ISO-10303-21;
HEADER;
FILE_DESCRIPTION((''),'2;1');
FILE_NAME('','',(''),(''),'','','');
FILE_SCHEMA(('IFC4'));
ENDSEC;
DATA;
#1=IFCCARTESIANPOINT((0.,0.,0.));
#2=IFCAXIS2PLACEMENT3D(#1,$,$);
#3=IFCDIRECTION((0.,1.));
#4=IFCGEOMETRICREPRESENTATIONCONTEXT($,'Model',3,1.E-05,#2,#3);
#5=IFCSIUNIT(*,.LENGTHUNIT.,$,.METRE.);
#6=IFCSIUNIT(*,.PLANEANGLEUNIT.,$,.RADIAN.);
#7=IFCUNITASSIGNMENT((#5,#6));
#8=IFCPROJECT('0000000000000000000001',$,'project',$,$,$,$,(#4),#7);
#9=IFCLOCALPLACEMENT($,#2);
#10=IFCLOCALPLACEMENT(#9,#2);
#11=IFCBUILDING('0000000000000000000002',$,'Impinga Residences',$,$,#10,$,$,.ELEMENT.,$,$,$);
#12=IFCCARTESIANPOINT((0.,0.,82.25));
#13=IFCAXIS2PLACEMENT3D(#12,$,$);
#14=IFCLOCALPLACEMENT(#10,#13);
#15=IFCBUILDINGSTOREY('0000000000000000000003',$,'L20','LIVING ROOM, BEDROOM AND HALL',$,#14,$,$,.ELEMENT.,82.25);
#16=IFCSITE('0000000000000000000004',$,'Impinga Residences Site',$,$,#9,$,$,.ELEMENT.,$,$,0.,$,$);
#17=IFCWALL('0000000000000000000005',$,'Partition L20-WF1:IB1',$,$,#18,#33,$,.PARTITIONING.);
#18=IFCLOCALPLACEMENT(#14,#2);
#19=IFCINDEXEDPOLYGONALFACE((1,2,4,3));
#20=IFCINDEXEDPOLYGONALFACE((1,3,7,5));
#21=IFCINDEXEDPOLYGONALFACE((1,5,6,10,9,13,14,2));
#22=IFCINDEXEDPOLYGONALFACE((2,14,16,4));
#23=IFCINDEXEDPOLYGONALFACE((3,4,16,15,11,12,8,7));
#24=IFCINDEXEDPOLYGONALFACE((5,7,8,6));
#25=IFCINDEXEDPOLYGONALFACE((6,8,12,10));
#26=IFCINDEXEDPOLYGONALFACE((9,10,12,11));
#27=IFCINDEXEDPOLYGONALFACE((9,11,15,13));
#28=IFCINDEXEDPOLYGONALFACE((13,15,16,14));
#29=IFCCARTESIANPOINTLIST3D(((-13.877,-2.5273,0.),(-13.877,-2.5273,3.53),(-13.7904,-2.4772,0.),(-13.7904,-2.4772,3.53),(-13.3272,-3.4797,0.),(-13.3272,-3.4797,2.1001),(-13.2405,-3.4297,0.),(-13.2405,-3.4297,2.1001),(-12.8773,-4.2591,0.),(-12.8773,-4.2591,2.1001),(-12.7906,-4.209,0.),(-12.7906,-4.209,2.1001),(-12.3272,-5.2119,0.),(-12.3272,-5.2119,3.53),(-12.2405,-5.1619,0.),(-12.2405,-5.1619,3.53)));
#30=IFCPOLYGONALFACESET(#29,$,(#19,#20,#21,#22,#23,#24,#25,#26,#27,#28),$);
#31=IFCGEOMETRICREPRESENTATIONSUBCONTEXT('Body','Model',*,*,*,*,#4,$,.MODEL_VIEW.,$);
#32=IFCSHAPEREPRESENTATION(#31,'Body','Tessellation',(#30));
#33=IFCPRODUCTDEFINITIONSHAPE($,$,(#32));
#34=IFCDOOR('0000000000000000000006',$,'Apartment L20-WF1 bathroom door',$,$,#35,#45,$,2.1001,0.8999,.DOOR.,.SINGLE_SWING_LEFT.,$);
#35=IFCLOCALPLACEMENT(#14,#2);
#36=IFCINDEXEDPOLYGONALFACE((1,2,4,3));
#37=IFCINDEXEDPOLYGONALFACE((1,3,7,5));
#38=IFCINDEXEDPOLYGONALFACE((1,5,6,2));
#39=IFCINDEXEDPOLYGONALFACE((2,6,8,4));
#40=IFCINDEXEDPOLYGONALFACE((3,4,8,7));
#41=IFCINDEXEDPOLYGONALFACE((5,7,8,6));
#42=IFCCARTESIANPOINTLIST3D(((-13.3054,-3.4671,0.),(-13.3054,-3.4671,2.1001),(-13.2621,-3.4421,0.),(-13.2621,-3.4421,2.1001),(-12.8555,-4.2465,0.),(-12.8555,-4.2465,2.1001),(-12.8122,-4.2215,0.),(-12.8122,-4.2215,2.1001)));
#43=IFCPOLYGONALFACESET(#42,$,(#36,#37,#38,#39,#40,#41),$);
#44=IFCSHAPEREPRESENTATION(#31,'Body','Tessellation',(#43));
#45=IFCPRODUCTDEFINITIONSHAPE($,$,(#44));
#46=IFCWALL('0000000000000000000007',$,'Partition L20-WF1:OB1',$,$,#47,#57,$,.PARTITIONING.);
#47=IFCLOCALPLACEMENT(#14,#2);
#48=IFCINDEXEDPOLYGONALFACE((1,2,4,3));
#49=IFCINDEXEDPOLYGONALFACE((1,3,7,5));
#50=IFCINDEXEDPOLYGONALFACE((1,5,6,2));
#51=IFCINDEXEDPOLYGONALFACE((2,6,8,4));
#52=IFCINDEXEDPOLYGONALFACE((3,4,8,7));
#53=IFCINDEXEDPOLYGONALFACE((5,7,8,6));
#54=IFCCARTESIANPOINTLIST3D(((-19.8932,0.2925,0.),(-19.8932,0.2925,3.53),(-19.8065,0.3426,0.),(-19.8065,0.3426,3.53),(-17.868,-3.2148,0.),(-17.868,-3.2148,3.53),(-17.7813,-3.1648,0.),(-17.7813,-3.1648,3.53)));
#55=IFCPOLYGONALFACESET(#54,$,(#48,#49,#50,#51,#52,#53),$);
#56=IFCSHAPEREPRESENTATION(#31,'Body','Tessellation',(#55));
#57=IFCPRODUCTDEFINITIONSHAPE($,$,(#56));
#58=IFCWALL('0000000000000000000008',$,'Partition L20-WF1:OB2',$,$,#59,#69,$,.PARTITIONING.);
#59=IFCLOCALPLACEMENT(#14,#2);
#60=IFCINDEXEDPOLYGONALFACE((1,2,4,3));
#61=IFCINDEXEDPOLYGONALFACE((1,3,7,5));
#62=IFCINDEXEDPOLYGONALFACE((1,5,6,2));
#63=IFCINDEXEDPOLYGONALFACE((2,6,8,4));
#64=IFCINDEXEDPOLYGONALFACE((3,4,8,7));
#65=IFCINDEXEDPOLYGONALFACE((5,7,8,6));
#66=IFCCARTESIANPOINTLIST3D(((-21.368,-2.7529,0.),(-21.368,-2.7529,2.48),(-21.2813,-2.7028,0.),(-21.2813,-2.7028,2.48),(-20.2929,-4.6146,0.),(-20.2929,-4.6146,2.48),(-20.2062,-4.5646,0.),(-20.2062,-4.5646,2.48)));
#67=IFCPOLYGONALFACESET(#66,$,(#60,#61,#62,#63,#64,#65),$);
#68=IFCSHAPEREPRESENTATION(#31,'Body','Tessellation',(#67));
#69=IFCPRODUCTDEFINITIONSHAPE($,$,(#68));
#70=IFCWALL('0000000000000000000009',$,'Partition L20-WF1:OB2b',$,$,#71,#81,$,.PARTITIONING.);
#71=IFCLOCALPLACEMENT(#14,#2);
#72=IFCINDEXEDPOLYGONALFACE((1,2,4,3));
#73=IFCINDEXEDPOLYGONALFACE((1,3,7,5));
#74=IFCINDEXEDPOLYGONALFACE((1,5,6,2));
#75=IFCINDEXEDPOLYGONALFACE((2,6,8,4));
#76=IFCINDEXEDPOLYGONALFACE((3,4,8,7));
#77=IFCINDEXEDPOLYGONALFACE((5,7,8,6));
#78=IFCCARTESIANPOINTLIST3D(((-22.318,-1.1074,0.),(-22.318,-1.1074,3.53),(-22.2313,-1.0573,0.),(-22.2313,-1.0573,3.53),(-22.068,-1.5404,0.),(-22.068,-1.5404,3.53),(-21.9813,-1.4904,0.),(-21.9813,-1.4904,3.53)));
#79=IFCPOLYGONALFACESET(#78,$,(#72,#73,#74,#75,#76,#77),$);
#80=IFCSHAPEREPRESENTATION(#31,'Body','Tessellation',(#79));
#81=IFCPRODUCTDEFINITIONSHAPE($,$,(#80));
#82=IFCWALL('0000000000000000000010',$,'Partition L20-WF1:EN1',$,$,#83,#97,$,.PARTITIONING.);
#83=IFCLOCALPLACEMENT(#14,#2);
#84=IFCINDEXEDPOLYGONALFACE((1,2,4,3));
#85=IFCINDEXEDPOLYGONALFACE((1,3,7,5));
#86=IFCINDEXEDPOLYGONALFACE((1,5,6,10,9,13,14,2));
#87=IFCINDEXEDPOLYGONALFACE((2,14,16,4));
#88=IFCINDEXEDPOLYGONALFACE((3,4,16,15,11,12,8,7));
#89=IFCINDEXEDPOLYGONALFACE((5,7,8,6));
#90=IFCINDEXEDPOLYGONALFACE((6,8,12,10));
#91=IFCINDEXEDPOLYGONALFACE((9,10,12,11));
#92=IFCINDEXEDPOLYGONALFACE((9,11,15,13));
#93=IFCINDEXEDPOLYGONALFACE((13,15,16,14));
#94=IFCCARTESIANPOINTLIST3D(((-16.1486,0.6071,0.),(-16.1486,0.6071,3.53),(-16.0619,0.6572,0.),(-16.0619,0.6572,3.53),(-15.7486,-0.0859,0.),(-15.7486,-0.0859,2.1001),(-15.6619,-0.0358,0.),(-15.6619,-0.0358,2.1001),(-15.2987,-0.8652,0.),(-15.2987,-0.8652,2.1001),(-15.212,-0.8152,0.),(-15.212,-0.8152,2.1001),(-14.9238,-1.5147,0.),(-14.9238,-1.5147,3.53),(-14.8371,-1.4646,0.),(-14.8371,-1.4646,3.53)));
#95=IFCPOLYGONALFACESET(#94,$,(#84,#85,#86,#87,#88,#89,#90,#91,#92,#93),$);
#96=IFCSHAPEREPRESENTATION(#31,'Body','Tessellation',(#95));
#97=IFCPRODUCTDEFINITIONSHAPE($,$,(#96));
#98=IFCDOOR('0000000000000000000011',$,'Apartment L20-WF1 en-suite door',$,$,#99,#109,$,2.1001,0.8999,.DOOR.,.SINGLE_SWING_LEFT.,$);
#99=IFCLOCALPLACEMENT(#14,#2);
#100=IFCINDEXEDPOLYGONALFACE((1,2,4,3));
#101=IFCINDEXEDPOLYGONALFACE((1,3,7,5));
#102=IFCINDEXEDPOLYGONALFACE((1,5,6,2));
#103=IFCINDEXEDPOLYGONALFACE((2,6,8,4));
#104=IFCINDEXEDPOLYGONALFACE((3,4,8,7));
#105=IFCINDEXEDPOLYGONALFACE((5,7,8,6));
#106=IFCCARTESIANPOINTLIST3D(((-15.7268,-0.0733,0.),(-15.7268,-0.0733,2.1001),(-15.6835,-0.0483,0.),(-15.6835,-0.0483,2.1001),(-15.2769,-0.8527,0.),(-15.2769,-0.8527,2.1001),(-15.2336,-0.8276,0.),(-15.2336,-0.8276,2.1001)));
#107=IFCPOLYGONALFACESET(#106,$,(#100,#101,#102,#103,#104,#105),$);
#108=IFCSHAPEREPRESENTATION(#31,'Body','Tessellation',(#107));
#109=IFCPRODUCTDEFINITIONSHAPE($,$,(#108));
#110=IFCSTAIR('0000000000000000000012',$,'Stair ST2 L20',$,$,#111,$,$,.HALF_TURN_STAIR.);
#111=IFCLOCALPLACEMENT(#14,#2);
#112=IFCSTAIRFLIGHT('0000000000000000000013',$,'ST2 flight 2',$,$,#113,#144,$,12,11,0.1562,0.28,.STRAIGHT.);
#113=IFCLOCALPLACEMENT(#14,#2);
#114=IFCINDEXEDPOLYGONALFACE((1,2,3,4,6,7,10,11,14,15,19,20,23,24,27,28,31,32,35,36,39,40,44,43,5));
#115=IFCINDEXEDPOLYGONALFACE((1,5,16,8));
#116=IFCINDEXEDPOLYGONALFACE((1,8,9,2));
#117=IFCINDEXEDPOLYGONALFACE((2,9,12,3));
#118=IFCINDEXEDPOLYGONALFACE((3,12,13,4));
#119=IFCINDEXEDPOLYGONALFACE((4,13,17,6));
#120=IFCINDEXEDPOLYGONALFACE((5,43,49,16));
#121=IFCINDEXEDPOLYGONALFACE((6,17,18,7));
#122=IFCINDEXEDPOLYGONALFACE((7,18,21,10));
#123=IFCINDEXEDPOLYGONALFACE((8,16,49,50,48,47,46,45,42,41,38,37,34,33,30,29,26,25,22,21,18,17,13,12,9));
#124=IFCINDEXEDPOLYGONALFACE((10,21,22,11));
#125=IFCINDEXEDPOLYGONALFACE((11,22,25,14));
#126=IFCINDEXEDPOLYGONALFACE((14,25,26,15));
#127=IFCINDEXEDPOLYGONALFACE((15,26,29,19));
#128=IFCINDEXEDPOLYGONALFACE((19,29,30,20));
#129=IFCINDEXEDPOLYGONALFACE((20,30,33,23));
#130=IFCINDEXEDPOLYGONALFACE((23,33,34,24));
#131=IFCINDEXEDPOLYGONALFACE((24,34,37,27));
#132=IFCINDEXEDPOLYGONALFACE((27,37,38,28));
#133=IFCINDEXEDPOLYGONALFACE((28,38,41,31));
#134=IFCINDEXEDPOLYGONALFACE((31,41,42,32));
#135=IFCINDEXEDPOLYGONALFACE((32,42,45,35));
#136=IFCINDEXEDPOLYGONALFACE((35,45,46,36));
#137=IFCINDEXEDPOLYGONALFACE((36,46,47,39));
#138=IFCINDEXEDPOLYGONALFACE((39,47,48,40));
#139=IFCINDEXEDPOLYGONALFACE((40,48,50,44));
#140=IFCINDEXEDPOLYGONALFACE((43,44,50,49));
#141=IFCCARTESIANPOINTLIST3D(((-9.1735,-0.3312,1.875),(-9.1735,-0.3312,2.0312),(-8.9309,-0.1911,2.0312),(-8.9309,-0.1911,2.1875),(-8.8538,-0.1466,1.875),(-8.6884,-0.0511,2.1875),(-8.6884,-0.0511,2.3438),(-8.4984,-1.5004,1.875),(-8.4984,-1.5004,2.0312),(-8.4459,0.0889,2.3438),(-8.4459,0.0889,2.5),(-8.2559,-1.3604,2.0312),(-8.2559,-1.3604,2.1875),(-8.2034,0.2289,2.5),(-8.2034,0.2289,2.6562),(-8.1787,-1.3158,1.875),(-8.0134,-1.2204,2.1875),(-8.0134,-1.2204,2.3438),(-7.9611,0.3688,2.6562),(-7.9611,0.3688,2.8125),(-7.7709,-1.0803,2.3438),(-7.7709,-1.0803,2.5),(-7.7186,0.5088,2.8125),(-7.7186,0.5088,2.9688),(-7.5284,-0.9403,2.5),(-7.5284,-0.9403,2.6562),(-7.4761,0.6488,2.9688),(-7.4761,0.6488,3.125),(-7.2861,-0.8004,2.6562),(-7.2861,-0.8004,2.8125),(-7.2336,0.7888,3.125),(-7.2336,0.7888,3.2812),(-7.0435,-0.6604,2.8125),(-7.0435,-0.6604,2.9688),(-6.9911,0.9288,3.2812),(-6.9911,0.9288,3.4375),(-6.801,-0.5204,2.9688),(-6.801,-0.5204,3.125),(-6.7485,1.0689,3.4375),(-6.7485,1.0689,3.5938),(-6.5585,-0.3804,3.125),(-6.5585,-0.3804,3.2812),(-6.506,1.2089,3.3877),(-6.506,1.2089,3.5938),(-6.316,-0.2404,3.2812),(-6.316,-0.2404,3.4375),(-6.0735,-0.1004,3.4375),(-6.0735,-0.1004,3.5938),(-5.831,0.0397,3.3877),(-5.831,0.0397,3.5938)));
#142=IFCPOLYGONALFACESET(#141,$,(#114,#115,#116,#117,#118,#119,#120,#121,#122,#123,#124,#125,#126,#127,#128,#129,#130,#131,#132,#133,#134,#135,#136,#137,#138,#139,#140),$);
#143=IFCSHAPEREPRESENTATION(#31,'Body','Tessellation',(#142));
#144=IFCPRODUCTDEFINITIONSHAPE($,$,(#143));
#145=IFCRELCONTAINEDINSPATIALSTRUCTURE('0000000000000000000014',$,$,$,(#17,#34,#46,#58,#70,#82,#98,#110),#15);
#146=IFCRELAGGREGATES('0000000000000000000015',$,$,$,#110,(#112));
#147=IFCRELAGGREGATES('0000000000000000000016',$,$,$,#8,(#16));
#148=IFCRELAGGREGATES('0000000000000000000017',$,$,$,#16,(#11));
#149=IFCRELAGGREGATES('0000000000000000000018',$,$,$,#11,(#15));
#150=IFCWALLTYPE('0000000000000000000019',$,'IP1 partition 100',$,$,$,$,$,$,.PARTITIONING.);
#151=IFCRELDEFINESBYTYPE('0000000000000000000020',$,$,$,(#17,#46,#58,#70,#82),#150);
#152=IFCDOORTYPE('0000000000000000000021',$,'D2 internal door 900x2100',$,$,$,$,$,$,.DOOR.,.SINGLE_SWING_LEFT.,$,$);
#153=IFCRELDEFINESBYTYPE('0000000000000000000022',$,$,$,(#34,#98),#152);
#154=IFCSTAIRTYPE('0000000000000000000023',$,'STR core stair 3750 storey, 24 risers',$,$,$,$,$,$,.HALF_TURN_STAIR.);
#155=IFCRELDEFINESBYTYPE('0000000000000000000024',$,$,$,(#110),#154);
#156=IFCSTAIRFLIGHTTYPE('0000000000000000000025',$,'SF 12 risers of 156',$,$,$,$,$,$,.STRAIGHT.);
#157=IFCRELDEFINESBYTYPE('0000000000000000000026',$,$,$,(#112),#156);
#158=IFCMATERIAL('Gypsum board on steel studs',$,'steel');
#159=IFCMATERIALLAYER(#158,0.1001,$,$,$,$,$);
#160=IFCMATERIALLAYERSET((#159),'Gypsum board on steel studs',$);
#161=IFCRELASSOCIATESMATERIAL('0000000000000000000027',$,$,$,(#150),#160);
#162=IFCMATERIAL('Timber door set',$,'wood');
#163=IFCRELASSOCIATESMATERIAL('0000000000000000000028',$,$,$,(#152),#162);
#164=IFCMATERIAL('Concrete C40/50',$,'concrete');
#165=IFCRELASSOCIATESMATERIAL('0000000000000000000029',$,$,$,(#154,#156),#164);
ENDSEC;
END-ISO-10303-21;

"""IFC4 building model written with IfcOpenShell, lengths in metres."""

from ifc_helpers import new_model, si_unit, direction, frame, frame_2d, origin, place, context, subcontext, project, spatial, polyline, rectangle, outline, extrude, material, layer, layer_set, type_object, element, fill, aggregate, save


model = new_model("IFC4")

# Units and contexts
model_context = context("Model", 3, precision=1e-05, world=origin(), true_north=direction((0.0, 1.0)))
body_context = subcontext(model_context, "Body", "Model", "MODEL_VIEW")
ifc_project = project(units=[si_unit("LENGTHUNIT", "METRE"), si_unit("PLANEANGLEUNIT", "RADIAN")], contexts=[model_context])

# Site, building, storey
site_placement = place(None, origin())
site = spatial("IfcSite", under=ifc_project, at=site_placement, Name="Impinga Residences Site", CompositionType="ELEMENT", RefElevation=0.0)
building_placement = place(site_placement, origin())
building = spatial("IfcBuilding", under=site, at=building_placement, Name="Impinga Residences", CompositionType="ELEMENT")
storey_placement = place(building_placement, frame((0.0, 0.0, 82.25)))
storey = spatial("IfcBuildingStorey", under=building, at=storey_placement, Name="L20", Description="LIVING ROOM, BEDROOM AND HALL", CompositionType="ELEMENT", Elevation=82.25)

# Shared definitions
ifc_material_1 = material(Name="Timber door set", Category="wood")

# Shared definitions
ifc_material_2 = material(Name="Gypsum board on steel studs", Category="steel")
ifc_layer_1 = layer(ifc_material_2, 0.1001)
ifc_layer_set_1 = layer_set([ifc_layer_1], Name="Gypsum board on steel studs")
wall_type_1 = type_object("IfcWallType", Name="IP1 partition 100", PredefinedType="PARTITIONING", material=ifc_layer_set_1)

# Wall, opening, door
wall_1_placement = place(storey_placement, frame((-12.2839, -5.1868, 0.0), z_axis=(0.0, 0.0, 1.0), x_axis=(-0.499968, 0.866044, 0.0)))
wall_1 = element("IfcWall", 1, at=wall_1_placement, inside=storey, type_object=wall_type_1, Name="Partition L20-WF1:IB1", PredefinedType="PARTITIONING", context=body_context, shape_type="SweptSolid", body=[
    extrude(rectangle(XDim=3.0999, YDim=0.1001, at=frame_2d((1.5498, 0.0))), origin(), (0.0, 0.0, 1.0), 3.53),
])
opening_1_placement = place(wall_1_placement, frame((1.1001, 0.0, 0.0)))
opening_1 = element("IfcOpeningElement", 2, at=opening_1_placement, cuts=wall_1, PredefinedType="OPENING", context=body_context, shape_type="SweptSolid", body=[
    extrude(rectangle(XDim=0.8999, YDim=2.1001, at=frame_2d((0.45, 1.05))), frame((0.0, 0.0601, 0.0), z_axis=(0.0, -1.0, 0.0), x_axis=(1.0, 0.0, 0.0)), (0.0, 0.0, 1.0), 0.1201),
])
door_type_1 = type_object("IfcDoorType", Name="D2 internal door 900x2100", OperationType="SINGLE_SWING_LEFT", PredefinedType="DOOR", material=ifc_material_1)
door_1_placement = place(opening_1_placement, origin())
door_1 = element("IfcDoor", 3, at=door_1_placement, inside=storey, type_object=door_type_1, Name="Apartment L20-WF1 bathroom door", OperationType="SINGLE_SWING_LEFT", OverallHeight=2.1001, OverallWidth=0.8999, PredefinedType="DOOR", context=body_context, shape_type="SweptSolid", body=[
    extrude(rectangle(XDim=0.8999, YDim=2.1001, at=frame_2d((0.45, 1.05))), frame((0.0, 0.0249, 0.0), z_axis=(0.0, -1.0, 0.0), x_axis=(1.0, 0.0, 0.0)), (0.0, 0.0, 1.0), 0.05),
])
fill(opening_1, door_1)

# Walls
wall_2_placement = place(storey_placement, frame((-17.8247, -3.1897, 0.0), z_axis=(0.0, 0.0, 1.0), x_axis=(-0.500036, 0.866005, 0.0)))
element("IfcWall", 4, at=wall_2_placement, inside=storey, type_object=wall_type_1, Name="Partition L20-WF1:OB1", PredefinedType="PARTITIONING", context=body_context, shape_type="SweptSolid", body=[
    extrude(rectangle(XDim=4.05, YDim=0.1001, at=frame_2d((2.0249, 0.0))), origin(), (0.0, 0.0, 1.0), 3.53),
])
wall_3_placement = place(storey_placement, frame((-20.2495, -4.5896, 0.0), z_axis=(0.0, 0.0, 1.0), x_axis=(-0.500096, 0.86597, 0.0)))
element("IfcWall", 5, at=wall_3_placement, inside=storey, type_object=wall_type_1, Name="Partition L20-WF1:OB2", PredefinedType="PARTITIONING", context=body_context, shape_type="SweptSolid", body=[
    extrude(rectangle(XDim=2.1499, YDim=0.1001, at=frame_2d((1.075, 0.0))), origin(), (0.0, 0.0, 1.0), 2.48),
])
wall_4_placement = place(storey_placement, frame((-22.0247, -1.5154, 0.0), z_axis=(0.0, 0.0, 1.0), x_axis=(-0.49992, 0.866072, 0.0)))
element("IfcWall", 6, at=wall_4_placement, inside=storey, type_object=wall_type_1, Name="Partition L20-WF1:OB2b", PredefinedType="PARTITIONING", context=body_context, shape_type="SweptSolid", body=[
    extrude(rectangle(XDim=0.5, YDim=0.1001, at=frame_2d((0.25, 0.0))), origin(), (0.0, 0.0, 1.0), 3.53),
])

# Wall, opening, door
wall_5_placement = place(storey_placement, frame((-14.8804, -1.4897, 0.0), z_axis=(0.0, 0.0, 1.0), x_axis=(-0.499944, 0.866058, 0.0)))
wall_5 = element("IfcWall", 7, at=wall_5_placement, inside=storey, type_object=wall_type_1, Name="Partition L20-WF1:EN1", PredefinedType="PARTITIONING", context=body_context, shape_type="SweptSolid", body=[
    extrude(rectangle(XDim=2.45, YDim=0.1001, at=frame_2d((1.2251, 0.0))), origin(), (0.0, 0.0, 1.0), 3.53),
])
opening_2_placement = place(wall_5_placement, frame((0.75, 0.0, 0.0)))
opening_2 = element("IfcOpeningElement", 8, at=opening_2_placement, cuts=wall_5, PredefinedType="OPENING", context=body_context, shape_type="SweptSolid", body=[
    extrude(rectangle(XDim=0.8999, YDim=2.1001, at=frame_2d((0.45, 1.05))), frame((0.0, 0.0601, 0.0), z_axis=(0.0, -1.0, 0.0), x_axis=(1.0, 0.0, 0.0)), (0.0, 0.0, 1.0), 0.1201),
])
door_2_placement = place(opening_2_placement, origin())
door_2 = element("IfcDoor", 9, at=door_2_placement, inside=storey, type_object=door_type_1, Name="Apartment L20-WF1 en-suite door", OperationType="SINGLE_SWING_LEFT", OverallHeight=2.1001, OverallWidth=0.8999, PredefinedType="DOOR", context=body_context, shape_type="SweptSolid", body=[
    extrude(rectangle(XDim=0.8999, YDim=2.1001, at=frame_2d((0.45, 1.05))), frame((0.0, 0.0249, 0.0), z_axis=(0.0, -1.0, 0.0), x_axis=(1.0, 0.0, 0.0)), (0.0, 0.0, 1.0), 0.05),
])
fill(opening_2, door_2)

# Stair, stair flight
ifc_material_3 = material(Name="Concrete C40/50", Category="concrete")
stair_type = type_object("IfcStairType", Name="STR core stair 3750 storey, 24 risers", PredefinedType="HALF_TURN_STAIR", material=ifc_material_3)
stair_placement = place(storey_placement, origin())
stair = element("IfcStair", 10, at=stair_placement, inside=storey, type_object=stair_type, Name="Stair ST2 L20", PredefinedType="HALF_TURN_STAIR")
stair_flight_type = type_object("IfcStairFlightType", Name="SF 12 risers of 156", PredefinedType="STRAIGHT", material=ifc_material_3)
stair_flight_placement = place(storey_placement, frame((-8.8359, -0.9158, 1.875), z_axis=(0.0, 0.0, 1.0), x_axis=(0.866025, 0.5, 0.0)))
stair_flight = element("IfcStairFlight", 11, at=stair_flight_placement, type_object=stair_flight_type, Name="ST2 flight 2", NumberOfRisers=12, NumberOfTreads=11, PredefinedType="STRAIGHT", RiserHeight=0.1562, TreadLength=0.28, context=body_context, shape_type="SweptSolid", body=[
    extrude(outline(polyline([(0.0, 0.0), (0.0, 0.1562), (0.28, 0.1562), (0.28, 0.3125), (0.5601, 0.3125), (0.5601, 0.4688), (0.8401, 0.4688), (0.8401, 0.625), (1.1201, 0.625), (1.1201, 0.7812), (1.3999, 0.7812), (1.3999, 0.9375), (1.6799, 0.9375), (1.6799, 1.0938), (1.96, 1.0938), (1.96, 1.25), (2.24, 1.25), (2.24, 1.4062), (2.52, 1.4062), (2.52, 1.5625), (2.8, 1.5625), (2.8, 1.7188), (3.0801, 1.7188), (3.0801, 1.875), (3.0801, 1.5127), (0.3691, 0.0), (0.0, 0.0)])), frame((0.0, 0.675, 0.0), z_axis=(0.0, -1.0, 0.0), x_axis=(1.0, 0.0, 0.0)), (0.0, 0.0, 1.0), 1.3501),
])
aggregate(stair, [stair_flight])

save(model, "model.ifc")
